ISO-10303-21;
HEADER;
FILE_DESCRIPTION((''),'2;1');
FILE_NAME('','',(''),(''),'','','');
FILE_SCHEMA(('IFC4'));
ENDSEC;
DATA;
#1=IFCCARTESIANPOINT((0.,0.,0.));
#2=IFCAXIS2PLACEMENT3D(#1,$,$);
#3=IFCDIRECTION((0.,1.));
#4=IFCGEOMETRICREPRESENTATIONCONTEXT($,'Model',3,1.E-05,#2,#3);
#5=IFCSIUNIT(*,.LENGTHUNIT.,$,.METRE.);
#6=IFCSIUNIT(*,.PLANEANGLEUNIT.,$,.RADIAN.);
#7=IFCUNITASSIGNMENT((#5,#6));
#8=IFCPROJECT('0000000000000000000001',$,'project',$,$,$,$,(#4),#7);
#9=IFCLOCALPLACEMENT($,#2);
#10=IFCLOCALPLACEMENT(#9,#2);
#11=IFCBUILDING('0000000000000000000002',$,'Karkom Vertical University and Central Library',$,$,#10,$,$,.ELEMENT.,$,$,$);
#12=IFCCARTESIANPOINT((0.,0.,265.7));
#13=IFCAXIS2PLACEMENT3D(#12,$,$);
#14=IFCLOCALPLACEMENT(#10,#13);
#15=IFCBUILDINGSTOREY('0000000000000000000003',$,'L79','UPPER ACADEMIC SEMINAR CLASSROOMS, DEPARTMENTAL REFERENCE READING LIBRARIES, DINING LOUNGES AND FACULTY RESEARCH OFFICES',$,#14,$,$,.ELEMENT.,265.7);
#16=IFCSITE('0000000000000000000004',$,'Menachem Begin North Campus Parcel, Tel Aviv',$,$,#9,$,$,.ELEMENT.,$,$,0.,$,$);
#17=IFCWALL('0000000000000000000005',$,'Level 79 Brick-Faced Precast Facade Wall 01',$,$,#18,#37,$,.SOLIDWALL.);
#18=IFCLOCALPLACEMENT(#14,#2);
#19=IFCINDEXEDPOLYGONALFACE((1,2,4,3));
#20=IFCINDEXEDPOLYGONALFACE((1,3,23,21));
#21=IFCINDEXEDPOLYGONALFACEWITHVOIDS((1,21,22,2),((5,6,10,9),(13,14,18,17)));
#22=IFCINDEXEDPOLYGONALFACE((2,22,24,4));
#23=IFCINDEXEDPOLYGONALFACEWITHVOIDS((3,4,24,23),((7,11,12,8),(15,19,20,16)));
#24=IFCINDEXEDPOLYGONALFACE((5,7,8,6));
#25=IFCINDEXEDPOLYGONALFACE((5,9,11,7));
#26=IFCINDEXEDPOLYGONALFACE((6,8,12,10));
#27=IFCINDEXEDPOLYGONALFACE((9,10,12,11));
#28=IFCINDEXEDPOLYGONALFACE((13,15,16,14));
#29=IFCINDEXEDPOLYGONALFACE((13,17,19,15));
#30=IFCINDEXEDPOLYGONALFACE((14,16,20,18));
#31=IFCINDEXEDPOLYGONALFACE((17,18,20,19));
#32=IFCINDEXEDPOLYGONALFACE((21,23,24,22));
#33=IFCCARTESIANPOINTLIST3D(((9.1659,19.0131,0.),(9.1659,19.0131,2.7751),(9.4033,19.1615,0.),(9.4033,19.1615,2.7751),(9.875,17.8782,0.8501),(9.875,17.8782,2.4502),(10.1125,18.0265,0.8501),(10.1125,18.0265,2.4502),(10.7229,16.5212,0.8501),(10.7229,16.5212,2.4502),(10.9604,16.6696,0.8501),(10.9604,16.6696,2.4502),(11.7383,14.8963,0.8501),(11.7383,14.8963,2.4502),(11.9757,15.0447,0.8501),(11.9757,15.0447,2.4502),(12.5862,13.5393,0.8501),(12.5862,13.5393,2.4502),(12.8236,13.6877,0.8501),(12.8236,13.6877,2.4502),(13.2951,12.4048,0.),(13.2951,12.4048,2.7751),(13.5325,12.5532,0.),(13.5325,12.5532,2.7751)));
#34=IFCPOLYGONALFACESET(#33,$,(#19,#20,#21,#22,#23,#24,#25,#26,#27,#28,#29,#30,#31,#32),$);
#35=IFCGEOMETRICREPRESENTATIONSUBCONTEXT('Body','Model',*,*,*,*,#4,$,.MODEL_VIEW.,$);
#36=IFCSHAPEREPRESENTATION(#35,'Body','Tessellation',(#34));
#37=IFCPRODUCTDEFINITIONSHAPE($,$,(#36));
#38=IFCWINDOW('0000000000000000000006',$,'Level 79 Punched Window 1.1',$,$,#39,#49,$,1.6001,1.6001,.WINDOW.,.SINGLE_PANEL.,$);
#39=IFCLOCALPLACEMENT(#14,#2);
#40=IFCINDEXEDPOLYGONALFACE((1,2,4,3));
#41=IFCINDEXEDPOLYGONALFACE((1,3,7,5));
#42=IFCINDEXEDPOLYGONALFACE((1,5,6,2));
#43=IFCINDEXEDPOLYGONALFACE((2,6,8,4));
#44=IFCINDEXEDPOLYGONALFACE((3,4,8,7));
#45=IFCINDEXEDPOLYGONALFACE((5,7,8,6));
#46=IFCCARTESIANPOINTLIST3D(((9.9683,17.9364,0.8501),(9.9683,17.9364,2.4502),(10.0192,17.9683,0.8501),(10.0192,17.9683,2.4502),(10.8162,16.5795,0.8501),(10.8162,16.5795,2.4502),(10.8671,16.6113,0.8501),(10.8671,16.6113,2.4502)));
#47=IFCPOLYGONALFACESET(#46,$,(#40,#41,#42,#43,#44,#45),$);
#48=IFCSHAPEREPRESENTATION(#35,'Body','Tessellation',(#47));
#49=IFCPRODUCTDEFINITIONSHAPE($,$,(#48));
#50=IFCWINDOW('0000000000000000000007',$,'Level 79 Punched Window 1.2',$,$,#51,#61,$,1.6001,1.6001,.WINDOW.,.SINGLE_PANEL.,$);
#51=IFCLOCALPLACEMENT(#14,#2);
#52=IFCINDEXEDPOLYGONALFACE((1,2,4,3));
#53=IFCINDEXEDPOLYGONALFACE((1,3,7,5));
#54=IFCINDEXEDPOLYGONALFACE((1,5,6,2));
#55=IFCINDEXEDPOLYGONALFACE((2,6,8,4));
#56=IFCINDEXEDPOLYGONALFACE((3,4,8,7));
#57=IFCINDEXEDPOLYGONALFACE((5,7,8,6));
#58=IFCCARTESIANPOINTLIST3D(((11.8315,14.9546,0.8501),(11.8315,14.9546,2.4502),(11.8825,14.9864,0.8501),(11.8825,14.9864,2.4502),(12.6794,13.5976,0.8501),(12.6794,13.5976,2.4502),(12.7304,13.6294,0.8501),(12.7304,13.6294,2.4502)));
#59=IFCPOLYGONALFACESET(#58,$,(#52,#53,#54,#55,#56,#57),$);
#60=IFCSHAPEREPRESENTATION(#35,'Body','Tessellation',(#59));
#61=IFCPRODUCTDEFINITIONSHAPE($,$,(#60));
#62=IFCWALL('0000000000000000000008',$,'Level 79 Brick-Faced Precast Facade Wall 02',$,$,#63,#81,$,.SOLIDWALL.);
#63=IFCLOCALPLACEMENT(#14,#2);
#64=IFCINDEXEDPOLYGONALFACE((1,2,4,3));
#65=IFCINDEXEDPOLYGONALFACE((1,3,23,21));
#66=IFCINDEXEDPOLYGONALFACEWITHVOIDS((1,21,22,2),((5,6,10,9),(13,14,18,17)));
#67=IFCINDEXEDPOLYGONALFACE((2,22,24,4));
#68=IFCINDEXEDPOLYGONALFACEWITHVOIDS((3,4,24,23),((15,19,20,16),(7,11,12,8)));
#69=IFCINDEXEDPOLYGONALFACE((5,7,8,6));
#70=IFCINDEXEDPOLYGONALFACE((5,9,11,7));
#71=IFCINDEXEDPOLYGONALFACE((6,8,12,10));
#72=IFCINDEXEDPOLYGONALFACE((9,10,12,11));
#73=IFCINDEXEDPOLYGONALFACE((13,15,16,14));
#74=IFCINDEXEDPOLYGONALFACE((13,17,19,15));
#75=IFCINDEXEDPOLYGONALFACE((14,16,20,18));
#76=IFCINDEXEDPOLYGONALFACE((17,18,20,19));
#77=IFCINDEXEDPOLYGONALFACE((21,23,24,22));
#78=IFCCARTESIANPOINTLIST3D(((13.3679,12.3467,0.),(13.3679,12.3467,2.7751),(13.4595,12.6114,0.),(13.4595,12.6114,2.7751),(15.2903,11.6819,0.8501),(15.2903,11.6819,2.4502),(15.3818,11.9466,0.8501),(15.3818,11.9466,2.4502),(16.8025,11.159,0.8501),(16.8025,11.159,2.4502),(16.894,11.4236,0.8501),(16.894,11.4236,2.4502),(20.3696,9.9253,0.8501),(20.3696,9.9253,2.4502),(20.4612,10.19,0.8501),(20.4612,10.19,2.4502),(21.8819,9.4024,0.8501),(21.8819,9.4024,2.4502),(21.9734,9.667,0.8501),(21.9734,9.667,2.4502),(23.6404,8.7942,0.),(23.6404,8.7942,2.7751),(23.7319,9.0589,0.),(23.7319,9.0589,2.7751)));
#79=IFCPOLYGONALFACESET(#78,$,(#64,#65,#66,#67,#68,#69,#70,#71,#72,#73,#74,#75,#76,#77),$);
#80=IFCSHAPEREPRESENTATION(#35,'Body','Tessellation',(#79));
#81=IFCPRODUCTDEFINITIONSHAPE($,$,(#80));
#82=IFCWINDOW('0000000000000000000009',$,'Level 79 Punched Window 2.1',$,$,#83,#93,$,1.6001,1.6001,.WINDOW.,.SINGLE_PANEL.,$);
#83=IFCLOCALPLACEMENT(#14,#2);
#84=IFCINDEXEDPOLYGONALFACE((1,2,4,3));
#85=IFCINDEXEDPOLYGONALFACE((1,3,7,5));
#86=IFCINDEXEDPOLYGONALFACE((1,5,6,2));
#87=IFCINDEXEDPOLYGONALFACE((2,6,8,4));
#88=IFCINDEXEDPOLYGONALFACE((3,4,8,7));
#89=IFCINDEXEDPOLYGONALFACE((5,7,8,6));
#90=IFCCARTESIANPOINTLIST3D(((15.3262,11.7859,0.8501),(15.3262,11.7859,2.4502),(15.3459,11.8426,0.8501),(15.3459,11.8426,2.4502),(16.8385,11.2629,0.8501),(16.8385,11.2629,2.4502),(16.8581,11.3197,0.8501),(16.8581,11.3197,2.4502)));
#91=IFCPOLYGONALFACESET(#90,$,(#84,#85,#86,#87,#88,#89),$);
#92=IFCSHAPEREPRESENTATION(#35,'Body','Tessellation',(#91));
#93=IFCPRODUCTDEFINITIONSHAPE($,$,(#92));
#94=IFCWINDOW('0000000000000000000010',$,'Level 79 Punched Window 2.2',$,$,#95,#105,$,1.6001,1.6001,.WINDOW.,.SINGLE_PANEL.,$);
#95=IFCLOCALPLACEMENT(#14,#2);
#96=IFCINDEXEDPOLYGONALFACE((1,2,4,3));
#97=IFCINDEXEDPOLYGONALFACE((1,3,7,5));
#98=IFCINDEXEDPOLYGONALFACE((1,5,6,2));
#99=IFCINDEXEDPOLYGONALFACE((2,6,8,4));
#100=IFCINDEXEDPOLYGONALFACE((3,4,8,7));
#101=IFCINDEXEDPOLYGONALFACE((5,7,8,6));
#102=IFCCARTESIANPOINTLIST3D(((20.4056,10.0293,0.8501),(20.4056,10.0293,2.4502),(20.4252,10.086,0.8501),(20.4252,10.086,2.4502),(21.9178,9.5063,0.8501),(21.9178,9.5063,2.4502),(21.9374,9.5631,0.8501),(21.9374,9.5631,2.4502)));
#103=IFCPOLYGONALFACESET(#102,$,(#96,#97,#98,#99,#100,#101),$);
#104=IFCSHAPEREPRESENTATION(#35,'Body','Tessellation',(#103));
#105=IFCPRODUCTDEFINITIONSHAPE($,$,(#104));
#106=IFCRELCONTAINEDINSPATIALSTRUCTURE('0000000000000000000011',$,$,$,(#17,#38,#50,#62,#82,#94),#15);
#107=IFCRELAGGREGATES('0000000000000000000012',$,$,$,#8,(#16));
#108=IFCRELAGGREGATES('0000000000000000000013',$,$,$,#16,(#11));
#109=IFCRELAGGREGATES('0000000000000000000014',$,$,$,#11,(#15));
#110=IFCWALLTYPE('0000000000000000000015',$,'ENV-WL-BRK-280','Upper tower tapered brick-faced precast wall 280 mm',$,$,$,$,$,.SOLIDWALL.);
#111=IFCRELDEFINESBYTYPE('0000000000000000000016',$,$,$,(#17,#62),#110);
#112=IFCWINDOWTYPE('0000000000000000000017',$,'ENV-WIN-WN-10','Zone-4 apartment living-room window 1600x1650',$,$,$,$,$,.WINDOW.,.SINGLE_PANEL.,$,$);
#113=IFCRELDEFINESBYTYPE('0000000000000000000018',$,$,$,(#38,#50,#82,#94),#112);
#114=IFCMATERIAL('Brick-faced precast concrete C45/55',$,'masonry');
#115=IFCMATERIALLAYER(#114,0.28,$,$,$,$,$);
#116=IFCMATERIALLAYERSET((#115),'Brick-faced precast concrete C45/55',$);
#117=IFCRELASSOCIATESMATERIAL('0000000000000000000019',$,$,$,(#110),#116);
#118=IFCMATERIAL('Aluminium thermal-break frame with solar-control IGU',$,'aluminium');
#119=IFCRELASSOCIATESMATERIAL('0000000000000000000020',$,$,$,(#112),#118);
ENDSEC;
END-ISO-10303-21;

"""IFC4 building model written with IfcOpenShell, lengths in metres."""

from ifc_helpers import new_model, si_unit, direction, frame, frame_2d, origin, origin_with_axes, place, context, subcontext, project, spatial, rectangle, extrude, source, transform, mapped, material, layer, layer_set, type_object, element, fill, save


model = new_model("IFC4")

# Units and contexts
model_context = context("Model", 3, precision=1e-05, world=origin(), true_north=direction((0.0, 1.0)))
body_context = subcontext(model_context, "Body", "Model", "MODEL_VIEW")
ifc_project = project(units=[si_unit("LENGTHUNIT", "METRE"), si_unit("PLANEANGLEUNIT", "RADIAN")], contexts=[model_context])

# Site, building, storey
site_placement = place(None, origin())
site = spatial("IfcSite", under=ifc_project, at=site_placement, Name="Menachem Begin North Campus Parcel, Tel Aviv", CompositionType="ELEMENT", RefElevation=0.0)
building_placement = place(site_placement, origin())
building = spatial("IfcBuilding", under=site, at=building_placement, Name="Karkom Vertical University and Central Library", CompositionType="ELEMENT")
storey_placement = place(building_placement, frame((0.0, 0.0, 265.7)))
storey = spatial("IfcBuildingStorey", under=building, at=storey_placement, Name="L79", Description="UPPER ACADEMIC SEMINAR CLASSROOMS, DEPARTMENTAL REFERENCE READING LIBRARIES, DINING LOUNGES AND FACULTY RESEARCH OFFICES", CompositionType="ELEMENT", Elevation=265.7)

# Walls, openings, windows
ifc_material_1 = material(Name="Brick-faced precast concrete C45/55", Category="masonry")
ifc_layer_1 = layer(ifc_material_1, 0.28)
ifc_layer_set_1 = layer_set([ifc_layer_1], Name="Brick-faced precast concrete C45/55")
wall_type_1 = type_object("IfcWallType", Name="ENV-WL-BRK-280", Description="Upper tower tapered brick-faced precast wall 280 mm", PredefinedType="SOLIDWALL", material=ifc_layer_set_1)
wall_1_placement = place(storey_placement, frame((9.2847, 19.0872, 0.0), z_axis=(0.0, 0.0, 1.0), x_axis=(0.529912, -0.848053, 0.0)))
wall_1 = element("IfcWall", 1, at=wall_1_placement, inside=storey, type_object=wall_type_1, Name="Level 79 Brick-Faced Precast Facade Wall 01", PredefinedType="SOLIDWALL", context=body_context, shape_type="SweptSolid", body=[
    extrude(rectangle(XDim=7.7922, YDim=0.28, at=frame_2d((3.896, 0.0))), origin(), (0.0, 0.0, 1.0), 2.7751),
])
opening_1_placement = place(wall_1_placement, frame((1.3381, 0.0, 0.8501)))
opening_1 = element("IfcOpeningElement", 2, at=opening_1_placement, cuts=wall_1, PredefinedType="OPENING", context=body_context, shape_type="SweptSolid", body=[
    extrude(rectangle(XDim=1.6001, YDim=1.6001, at=frame_2d((0.8, 0.8))), frame((0.0, 0.1499, 0.0), z_axis=(0.0, -1.0, 0.0), x_axis=(1.0, 0.0, 0.0)), (0.0, 0.0, 1.0), 0.3),
])
opening_2_placement = place(wall_1_placement, frame((4.8542, 0.0, 0.8501)))
opening_2 = element("IfcOpeningElement", 3, at=opening_2_placement, cuts=wall_1, PredefinedType="OPENING", context=body_context, shape_type="SweptSolid", body=[
    extrude(rectangle(XDim=1.6001, YDim=1.6001, at=frame_2d((0.8, 0.8))), frame((0.0, 0.1499, 0.0), z_axis=(0.0, -1.0, 0.0), x_axis=(1.0, 0.0, 0.0)), (0.0, 0.0, 1.0), 0.3),
])
ifc_material_2 = material(Name="Aluminium thermal-break frame with solar-control IGU", Category="aluminium")
window_type = type_object("IfcWindowType", Name="ENV-WIN-WN-10", Description="Zone-4 apartment living-room window 1600x1650", PartitioningType="SINGLE_PANEL", PredefinedType="WINDOW", material=ifc_material_2)
shared_shape_1 = source(origin_with_axes(), body_context, "Body", "SweptSolid", [
    extrude(rectangle(XDim=1.6001, YDim=1.6001, at=frame_2d((0.8, 0.8))), frame((0.0, 0.03, 0.0), z_axis=(0.0, -1.0, 0.0), x_axis=(1.0, 0.0, 0.0)), (0.0, 0.0, 1.0), 0.0601),
])
window_1_placement = place(opening_1_placement, origin())
window_1 = element("IfcWindow", 4, at=window_1_placement, inside=storey, type_object=window_type, Name="Level 79 Punched Window 1.1", OverallHeight=1.6001, OverallWidth=1.6001, PartitioningType="SINGLE_PANEL", PredefinedType="WINDOW", context=body_context, shape_type="MappedRepresentation", body=[
    mapped(shared_shape_1, transform((0.0, 0.0, 0.0), scale=1.0)),
])
fill(opening_1, window_1)
window_2_placement = place(opening_2_placement, origin())
window_2 = element("IfcWindow", 5, at=window_2_placement, inside=storey, type_object=window_type, Name="Level 79 Punched Window 1.2", OverallHeight=1.6001, OverallWidth=1.6001, PartitioningType="SINGLE_PANEL", PredefinedType="WINDOW", context=body_context, shape_type="MappedRepresentation", body=[
    mapped(shared_shape_1, transform((0.0, 0.0, 0.0), scale=1.0)),
])
fill(opening_2, window_2)
wall_2_placement = place(storey_placement, frame((13.4138, 12.479, 0.0), z_axis=(0.0, 0.0, 1.0), x_axis=(0.945082, -0.326834, 0.0)))
wall_2 = element("IfcWall", 6, at=wall_2_placement, inside=storey, type_object=wall_type_1, Name="Level 79 Brick-Faced Precast Facade Wall 02", PredefinedType="SOLIDWALL", context=body_context, shape_type="SweptSolid", body=[
    extrude(rectangle(XDim=10.8694, YDim=0.28, at=frame_2d((5.4346, 0.0))), origin(), (0.0, 0.0, 1.0), 2.7751),
])
opening_3_placement = place(wall_2_placement, frame((2.0339, 0.0, 0.8501)))
opening_3 = element("IfcOpeningElement", 7, at=opening_3_placement, cuts=wall_2, PredefinedType="OPENING", context=body_context, shape_type="SweptSolid", body=[
    extrude(rectangle(XDim=1.6001, YDim=1.6001, at=frame_2d((0.8, 0.8))), frame((0.0, 0.1499, 0.0), z_axis=(0.0, -1.0, 0.0), x_axis=(1.0, 0.0, 0.0)), (0.0, 0.0, 1.0), 0.3),
])
opening_4_placement = place(wall_2_placement, frame((7.4084, 0.0, 0.8501)))
opening_4 = element("IfcOpeningElement", 8, at=opening_4_placement, cuts=wall_2, PredefinedType="OPENING", context=body_context, shape_type="SweptSolid", body=[
    extrude(rectangle(XDim=1.6001, YDim=1.6001, at=frame_2d((0.8, 0.8))), frame((0.0, 0.1499, 0.0), z_axis=(0.0, -1.0, 0.0), x_axis=(1.0, 0.0, 0.0)), (0.0, 0.0, 1.0), 0.3),
])
window_3_placement = place(opening_3_placement, origin())
window_3 = element("IfcWindow", 9, at=window_3_placement, inside=storey, type_object=window_type, Name="Level 79 Punched Window 2.1", OverallHeight=1.6001, OverallWidth=1.6001, PartitioningType="SINGLE_PANEL", PredefinedType="WINDOW", context=body_context, shape_type="MappedRepresentation", body=[
    mapped(shared_shape_1, transform((0.0, 0.0, 0.0), scale=1.0)),
])
fill(opening_3, window_3)
window_4_placement = place(opening_4_placement, origin())
window_4 = element("IfcWindow", 10, at=window_4_placement, inside=storey, type_object=window_type, Name="Level 79 Punched Window 2.2", OverallHeight=1.6001, OverallWidth=1.6001, PartitioningType="SINGLE_PANEL", PredefinedType="WINDOW", context=body_context, shape_type="MappedRepresentation", body=[
    mapped(shared_shape_1, transform((0.0, 0.0, 0.0), scale=1.0)),
])
fill(opening_4, window_4)

save(model, "model.ifc")
